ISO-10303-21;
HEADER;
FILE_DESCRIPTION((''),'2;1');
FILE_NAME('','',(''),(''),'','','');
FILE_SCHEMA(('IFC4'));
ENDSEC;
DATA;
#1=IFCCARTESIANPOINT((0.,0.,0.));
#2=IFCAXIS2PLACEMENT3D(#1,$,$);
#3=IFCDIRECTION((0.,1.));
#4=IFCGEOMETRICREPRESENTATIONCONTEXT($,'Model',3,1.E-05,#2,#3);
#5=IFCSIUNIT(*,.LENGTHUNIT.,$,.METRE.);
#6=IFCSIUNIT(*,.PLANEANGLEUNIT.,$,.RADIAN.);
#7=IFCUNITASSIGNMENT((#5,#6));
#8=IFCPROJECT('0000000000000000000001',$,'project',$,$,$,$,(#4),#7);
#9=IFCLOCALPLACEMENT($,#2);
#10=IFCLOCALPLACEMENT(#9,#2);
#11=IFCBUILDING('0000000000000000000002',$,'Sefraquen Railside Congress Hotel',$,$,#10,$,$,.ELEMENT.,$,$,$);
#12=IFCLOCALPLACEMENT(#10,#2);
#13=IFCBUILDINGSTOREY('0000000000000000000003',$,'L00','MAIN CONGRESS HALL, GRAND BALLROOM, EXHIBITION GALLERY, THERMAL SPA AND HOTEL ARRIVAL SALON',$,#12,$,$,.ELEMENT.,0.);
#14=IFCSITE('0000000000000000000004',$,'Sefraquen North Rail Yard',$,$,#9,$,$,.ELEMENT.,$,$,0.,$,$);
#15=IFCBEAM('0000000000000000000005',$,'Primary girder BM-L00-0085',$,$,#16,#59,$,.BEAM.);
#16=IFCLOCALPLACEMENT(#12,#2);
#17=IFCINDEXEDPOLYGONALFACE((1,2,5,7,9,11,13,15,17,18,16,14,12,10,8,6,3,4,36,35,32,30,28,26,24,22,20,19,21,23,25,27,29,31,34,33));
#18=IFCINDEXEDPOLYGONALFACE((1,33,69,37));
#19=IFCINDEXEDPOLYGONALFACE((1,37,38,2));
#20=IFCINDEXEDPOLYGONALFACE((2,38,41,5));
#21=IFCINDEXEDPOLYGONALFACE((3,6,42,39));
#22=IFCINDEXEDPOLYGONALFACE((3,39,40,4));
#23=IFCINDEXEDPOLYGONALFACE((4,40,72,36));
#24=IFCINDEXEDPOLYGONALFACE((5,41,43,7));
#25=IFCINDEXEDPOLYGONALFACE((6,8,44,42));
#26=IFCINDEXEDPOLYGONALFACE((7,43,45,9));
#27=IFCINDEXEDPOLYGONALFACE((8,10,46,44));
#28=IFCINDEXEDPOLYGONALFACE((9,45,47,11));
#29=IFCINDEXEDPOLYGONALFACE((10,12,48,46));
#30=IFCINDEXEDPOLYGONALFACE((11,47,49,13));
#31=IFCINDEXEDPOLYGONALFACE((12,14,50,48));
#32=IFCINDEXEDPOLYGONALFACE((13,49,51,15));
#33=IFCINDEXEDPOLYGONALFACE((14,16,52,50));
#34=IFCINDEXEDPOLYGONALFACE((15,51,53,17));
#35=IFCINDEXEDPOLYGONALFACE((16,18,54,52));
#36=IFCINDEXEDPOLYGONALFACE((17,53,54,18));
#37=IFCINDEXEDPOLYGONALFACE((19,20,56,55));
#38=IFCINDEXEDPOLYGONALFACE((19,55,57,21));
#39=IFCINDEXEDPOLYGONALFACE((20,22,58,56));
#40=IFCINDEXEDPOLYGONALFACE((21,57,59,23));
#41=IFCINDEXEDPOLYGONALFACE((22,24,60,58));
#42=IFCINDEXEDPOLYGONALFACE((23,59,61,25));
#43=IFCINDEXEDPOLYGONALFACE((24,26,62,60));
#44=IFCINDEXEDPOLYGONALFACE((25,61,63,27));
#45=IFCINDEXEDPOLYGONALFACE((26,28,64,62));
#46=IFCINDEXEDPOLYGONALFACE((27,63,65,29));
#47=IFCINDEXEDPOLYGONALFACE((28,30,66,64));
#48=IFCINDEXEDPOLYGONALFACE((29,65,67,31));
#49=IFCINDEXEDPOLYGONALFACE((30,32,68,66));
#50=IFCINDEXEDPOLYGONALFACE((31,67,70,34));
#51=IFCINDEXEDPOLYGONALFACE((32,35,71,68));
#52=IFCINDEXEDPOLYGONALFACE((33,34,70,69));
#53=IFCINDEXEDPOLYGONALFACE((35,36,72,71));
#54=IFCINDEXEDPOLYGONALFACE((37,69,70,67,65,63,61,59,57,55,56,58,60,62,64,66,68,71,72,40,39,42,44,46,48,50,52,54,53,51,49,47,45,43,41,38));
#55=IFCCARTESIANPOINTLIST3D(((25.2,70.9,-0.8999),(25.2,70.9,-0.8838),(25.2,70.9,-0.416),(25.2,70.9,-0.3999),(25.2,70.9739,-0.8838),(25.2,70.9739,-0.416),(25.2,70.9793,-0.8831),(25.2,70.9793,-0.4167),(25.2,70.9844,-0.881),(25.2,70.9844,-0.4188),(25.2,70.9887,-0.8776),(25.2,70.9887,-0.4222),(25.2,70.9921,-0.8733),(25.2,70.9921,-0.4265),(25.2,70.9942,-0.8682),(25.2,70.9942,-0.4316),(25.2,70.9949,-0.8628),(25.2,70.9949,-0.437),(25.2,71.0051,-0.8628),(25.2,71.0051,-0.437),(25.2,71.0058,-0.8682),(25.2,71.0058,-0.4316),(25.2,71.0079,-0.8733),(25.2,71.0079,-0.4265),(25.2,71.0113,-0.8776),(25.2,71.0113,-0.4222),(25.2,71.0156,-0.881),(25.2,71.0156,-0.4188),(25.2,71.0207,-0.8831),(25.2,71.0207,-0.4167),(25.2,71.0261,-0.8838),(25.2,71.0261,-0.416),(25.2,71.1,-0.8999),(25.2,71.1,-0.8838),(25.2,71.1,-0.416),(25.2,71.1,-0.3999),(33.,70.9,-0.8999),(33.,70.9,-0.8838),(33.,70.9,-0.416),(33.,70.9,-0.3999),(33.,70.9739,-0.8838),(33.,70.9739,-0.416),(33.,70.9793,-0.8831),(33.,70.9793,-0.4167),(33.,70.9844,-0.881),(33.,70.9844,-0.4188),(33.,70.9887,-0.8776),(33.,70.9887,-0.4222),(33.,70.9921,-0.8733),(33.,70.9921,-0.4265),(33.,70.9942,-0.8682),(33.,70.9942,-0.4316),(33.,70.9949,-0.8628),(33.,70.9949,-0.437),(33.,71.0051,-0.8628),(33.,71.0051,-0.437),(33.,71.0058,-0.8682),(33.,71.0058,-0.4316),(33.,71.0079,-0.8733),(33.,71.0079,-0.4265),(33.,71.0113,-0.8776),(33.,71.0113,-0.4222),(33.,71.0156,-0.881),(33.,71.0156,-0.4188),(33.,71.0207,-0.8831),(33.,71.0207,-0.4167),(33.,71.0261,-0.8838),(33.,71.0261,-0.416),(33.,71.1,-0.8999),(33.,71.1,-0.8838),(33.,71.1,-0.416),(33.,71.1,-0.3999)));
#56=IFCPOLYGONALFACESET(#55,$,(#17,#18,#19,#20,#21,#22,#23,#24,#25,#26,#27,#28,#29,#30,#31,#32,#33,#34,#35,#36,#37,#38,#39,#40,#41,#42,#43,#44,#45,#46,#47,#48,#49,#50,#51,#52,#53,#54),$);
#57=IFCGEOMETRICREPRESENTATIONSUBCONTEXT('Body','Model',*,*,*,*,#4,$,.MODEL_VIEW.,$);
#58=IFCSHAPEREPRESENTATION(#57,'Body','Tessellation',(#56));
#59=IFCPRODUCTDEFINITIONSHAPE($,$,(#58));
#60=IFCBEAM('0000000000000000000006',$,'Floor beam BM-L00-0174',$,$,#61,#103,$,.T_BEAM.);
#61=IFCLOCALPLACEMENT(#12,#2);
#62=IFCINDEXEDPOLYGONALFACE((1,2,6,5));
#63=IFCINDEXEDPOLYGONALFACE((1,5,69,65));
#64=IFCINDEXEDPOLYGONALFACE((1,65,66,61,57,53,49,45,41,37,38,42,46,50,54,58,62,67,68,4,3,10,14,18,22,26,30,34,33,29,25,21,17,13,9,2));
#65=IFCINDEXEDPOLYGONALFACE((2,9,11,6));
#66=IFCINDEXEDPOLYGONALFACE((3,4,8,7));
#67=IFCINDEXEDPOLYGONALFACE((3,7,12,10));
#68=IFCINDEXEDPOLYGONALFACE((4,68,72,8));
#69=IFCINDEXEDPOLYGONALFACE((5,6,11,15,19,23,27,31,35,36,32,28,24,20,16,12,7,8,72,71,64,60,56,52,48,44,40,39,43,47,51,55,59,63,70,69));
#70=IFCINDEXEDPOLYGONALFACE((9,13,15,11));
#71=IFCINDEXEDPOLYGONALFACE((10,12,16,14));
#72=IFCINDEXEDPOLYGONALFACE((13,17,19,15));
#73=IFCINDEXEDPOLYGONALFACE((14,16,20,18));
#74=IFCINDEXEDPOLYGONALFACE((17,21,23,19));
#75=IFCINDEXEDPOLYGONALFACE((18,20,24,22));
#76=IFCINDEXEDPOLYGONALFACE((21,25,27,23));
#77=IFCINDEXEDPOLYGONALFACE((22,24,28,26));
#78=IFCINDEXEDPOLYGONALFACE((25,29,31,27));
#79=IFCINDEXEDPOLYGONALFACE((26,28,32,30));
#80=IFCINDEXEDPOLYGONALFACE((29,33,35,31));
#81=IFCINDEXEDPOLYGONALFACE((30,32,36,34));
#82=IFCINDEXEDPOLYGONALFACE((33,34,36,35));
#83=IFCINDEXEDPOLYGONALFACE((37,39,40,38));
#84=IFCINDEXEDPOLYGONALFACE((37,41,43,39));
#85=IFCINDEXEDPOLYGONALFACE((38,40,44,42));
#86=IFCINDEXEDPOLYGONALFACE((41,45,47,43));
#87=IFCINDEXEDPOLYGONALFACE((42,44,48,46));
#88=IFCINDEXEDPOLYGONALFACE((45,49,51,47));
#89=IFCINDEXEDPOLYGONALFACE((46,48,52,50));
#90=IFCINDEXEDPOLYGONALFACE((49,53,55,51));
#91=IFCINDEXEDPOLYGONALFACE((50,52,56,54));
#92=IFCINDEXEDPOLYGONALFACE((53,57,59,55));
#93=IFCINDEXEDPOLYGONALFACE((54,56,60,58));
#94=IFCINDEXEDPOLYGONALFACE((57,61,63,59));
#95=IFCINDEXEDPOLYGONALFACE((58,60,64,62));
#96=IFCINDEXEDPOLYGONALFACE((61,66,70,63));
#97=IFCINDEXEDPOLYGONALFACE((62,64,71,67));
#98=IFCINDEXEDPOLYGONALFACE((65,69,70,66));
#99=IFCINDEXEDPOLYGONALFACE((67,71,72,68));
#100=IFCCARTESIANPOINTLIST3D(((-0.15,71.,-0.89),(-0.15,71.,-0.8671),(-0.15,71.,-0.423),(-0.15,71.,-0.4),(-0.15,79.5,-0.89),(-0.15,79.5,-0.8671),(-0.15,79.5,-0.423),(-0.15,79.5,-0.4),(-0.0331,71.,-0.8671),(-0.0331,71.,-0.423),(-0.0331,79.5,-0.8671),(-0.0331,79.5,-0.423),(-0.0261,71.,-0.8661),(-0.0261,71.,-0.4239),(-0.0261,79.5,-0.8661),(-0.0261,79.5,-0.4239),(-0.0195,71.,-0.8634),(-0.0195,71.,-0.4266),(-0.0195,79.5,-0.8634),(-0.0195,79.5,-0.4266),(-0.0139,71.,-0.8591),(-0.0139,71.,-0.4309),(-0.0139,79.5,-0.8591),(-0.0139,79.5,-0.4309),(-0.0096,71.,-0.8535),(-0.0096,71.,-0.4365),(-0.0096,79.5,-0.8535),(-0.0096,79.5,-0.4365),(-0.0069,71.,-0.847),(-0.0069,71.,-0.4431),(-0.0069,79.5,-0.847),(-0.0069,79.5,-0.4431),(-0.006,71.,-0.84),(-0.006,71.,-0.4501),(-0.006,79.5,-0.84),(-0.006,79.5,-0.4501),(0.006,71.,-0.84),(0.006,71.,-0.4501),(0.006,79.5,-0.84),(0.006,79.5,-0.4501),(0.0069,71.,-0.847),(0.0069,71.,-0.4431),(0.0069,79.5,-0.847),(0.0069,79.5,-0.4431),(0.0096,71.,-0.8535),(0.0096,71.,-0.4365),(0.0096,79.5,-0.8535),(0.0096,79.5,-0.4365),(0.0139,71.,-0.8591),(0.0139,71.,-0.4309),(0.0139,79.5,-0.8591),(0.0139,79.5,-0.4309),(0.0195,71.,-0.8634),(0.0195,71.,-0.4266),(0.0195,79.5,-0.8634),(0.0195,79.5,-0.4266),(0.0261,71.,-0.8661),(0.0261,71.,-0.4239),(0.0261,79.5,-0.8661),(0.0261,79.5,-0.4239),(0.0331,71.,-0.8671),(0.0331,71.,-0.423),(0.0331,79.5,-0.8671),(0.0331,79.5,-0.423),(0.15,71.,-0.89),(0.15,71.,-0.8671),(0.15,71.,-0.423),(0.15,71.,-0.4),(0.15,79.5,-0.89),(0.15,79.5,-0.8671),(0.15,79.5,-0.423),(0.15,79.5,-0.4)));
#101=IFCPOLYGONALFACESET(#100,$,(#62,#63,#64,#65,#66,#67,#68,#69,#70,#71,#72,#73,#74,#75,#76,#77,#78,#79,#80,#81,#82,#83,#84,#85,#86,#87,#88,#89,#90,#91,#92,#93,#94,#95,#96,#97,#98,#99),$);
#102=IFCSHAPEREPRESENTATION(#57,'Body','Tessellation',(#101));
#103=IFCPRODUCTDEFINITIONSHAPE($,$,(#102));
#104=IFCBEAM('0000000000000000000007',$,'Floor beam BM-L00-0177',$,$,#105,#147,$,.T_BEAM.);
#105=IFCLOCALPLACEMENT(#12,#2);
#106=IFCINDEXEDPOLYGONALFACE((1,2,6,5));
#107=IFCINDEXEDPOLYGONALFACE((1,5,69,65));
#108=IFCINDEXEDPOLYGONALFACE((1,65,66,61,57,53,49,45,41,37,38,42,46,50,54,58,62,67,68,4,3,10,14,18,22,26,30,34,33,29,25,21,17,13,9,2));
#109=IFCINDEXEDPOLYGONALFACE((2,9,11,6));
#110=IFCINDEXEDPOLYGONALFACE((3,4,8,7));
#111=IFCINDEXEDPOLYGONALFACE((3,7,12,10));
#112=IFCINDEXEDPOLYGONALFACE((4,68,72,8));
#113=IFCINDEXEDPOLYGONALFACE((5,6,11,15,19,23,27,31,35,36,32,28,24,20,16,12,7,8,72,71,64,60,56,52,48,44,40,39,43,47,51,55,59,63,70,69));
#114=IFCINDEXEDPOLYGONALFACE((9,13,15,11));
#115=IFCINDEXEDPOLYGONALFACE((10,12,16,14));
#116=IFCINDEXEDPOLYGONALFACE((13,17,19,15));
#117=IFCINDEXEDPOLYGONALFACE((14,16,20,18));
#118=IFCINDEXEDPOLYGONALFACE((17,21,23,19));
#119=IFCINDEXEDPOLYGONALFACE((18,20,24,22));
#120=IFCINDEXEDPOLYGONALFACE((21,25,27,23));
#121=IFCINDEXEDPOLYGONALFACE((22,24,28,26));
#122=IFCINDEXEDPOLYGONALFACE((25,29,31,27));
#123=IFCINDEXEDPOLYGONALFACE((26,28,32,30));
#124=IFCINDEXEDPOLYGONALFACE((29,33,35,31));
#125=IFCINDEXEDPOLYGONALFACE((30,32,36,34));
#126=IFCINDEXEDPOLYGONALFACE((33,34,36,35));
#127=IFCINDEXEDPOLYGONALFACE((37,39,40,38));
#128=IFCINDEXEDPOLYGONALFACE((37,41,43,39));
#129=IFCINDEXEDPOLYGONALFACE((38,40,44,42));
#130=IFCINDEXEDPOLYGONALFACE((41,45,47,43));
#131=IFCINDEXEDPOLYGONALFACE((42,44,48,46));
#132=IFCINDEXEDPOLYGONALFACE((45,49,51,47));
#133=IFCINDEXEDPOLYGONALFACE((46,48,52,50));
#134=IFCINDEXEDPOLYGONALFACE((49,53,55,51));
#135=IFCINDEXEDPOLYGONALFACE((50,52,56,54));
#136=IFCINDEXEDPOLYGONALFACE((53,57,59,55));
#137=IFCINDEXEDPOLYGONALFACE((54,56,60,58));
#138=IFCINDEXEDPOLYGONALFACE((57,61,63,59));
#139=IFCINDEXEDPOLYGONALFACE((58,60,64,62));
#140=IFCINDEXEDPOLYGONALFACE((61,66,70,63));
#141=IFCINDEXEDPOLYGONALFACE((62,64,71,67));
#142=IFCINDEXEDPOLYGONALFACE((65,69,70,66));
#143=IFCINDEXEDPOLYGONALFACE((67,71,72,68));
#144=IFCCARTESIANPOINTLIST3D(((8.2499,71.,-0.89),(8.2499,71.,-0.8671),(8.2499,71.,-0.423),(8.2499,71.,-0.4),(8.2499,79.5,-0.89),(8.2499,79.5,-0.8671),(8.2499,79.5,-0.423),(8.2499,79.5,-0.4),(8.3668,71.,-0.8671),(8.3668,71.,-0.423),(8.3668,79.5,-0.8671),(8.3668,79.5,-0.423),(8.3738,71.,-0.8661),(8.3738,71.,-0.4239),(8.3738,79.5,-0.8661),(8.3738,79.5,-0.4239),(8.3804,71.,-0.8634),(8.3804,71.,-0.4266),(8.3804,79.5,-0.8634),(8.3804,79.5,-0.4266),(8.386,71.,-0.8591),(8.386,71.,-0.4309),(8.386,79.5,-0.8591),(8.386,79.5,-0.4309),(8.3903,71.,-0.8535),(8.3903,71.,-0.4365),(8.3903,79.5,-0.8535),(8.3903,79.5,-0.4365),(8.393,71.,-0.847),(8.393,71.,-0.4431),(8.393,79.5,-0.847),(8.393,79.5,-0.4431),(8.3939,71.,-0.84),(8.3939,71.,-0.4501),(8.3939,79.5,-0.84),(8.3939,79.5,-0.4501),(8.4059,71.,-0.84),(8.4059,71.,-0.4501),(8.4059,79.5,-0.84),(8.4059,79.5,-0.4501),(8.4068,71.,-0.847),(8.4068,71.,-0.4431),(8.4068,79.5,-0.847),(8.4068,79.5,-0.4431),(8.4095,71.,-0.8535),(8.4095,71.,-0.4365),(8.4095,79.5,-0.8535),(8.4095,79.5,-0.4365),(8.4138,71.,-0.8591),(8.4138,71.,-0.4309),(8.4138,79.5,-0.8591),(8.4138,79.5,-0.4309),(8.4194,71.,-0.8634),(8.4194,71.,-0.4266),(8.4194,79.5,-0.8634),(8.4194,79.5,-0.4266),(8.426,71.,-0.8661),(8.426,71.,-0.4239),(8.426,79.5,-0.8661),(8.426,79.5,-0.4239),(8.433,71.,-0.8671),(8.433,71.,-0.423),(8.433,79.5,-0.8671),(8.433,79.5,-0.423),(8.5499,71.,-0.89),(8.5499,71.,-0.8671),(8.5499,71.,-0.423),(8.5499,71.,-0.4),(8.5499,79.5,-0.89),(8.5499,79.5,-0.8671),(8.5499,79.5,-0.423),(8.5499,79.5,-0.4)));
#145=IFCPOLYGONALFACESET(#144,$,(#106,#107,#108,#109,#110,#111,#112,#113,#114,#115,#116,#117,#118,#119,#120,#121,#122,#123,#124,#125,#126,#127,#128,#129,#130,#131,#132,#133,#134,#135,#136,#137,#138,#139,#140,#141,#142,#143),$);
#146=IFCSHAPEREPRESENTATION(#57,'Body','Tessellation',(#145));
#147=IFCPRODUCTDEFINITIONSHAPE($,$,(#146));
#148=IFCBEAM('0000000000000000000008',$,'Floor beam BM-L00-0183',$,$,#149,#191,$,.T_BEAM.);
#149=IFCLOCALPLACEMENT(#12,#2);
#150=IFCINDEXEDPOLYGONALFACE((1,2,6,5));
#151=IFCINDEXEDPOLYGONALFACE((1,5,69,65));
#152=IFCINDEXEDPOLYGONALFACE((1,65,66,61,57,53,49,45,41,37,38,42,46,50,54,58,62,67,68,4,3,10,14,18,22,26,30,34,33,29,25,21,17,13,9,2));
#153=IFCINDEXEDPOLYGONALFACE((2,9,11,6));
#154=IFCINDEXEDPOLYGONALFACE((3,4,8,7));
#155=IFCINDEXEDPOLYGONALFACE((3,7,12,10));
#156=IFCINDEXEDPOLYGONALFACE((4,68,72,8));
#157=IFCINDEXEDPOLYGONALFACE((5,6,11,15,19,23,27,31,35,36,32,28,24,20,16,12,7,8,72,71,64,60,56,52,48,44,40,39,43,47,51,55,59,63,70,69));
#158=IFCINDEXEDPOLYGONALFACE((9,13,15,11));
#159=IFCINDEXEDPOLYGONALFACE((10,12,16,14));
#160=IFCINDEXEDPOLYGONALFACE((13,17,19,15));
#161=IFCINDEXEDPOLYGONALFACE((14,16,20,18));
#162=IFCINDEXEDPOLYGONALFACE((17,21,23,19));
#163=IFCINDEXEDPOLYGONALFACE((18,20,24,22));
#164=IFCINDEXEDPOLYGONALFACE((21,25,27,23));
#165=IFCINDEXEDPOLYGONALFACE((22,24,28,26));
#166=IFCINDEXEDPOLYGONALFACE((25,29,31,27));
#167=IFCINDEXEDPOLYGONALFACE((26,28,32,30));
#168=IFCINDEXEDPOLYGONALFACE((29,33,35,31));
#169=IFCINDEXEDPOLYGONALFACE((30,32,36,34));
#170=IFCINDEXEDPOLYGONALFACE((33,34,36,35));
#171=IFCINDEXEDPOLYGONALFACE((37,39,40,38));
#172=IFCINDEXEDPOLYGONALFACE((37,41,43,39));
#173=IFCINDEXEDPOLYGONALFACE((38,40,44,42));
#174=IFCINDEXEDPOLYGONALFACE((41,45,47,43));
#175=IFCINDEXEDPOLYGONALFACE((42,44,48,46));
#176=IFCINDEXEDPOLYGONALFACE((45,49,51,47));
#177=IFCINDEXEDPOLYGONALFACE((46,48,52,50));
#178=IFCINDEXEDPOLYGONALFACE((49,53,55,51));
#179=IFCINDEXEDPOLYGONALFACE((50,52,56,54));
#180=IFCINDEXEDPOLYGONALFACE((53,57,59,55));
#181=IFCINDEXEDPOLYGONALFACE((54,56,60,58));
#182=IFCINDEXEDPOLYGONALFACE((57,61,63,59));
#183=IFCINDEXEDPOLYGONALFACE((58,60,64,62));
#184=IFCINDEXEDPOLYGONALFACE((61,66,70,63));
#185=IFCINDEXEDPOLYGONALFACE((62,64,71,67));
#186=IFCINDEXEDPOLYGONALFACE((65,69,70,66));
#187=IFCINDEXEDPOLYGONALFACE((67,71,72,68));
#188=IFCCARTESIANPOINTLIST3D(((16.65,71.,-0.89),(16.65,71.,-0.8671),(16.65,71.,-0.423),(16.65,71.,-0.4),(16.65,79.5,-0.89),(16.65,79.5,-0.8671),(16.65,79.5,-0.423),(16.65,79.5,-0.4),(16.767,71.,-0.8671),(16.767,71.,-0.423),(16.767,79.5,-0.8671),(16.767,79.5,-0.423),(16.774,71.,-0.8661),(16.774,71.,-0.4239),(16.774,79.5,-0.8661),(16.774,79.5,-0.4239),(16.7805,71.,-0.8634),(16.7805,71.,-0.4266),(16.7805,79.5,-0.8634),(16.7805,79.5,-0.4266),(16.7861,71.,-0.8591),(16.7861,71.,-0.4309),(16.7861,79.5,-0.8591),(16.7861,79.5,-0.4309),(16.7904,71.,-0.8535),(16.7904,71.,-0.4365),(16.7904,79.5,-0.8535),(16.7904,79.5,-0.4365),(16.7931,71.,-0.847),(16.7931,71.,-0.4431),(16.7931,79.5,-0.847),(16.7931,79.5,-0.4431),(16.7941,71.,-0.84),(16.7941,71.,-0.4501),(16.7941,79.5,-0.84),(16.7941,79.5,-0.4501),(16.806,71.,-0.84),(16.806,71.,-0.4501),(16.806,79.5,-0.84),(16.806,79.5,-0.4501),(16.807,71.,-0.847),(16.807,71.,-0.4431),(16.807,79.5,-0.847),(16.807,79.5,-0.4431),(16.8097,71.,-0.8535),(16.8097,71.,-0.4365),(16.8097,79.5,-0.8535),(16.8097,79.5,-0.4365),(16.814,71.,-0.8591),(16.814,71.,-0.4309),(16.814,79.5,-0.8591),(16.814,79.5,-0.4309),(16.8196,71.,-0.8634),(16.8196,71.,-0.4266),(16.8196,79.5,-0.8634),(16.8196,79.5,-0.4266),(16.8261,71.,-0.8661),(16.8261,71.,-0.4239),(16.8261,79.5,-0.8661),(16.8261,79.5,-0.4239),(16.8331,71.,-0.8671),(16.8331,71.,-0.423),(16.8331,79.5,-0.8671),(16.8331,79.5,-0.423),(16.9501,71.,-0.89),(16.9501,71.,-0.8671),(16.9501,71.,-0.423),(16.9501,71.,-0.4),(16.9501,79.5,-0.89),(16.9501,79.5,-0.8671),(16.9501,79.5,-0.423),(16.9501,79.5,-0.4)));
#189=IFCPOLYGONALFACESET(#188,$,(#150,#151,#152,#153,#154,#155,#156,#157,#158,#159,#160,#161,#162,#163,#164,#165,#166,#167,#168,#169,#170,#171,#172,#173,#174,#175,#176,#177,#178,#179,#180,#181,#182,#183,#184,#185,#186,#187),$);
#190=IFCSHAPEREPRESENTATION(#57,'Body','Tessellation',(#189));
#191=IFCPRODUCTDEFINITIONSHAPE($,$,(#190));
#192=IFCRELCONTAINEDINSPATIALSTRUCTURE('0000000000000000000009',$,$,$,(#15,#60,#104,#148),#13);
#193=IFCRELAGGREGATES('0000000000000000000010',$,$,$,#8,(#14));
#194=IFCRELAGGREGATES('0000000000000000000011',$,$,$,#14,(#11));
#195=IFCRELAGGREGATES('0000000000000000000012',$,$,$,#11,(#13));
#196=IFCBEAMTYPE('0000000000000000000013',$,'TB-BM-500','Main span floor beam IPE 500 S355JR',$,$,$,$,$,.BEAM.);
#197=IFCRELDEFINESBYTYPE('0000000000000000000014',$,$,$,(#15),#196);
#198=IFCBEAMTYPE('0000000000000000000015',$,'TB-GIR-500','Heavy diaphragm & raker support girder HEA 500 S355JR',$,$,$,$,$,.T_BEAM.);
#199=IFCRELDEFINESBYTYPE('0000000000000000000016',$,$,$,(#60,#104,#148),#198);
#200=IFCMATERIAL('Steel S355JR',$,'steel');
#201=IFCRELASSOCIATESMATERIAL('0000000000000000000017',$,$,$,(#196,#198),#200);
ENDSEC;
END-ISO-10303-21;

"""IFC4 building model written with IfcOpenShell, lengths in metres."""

from ifc_helpers import new_model, si_unit, direction, frame, origin, origin_2d, place, context, subcontext, project, spatial, i_section, extrude, material, material_profile, profile_set, type_object, element, save


model = new_model("IFC4")

# Units and contexts
model_context = context("Model", 3, precision=1e-05, world=origin(), true_north=direction((0.0, 1.0)))
body_context = subcontext(model_context, "Body", "Model", "MODEL_VIEW")
ifc_project = project(units=[si_unit("LENGTHUNIT", "METRE"), si_unit("PLANEANGLEUNIT", "RADIAN")], contexts=[model_context])

# Site, building, storey
site_placement = place(None, origin())
site = spatial("IfcSite", under=ifc_project, at=site_placement, Name="Sefraquen North Rail Yard", CompositionType="ELEMENT", RefElevation=0.0)
building_placement = place(site_placement, origin())
building = spatial("IfcBuilding", under=site, at=building_placement, Name="Sefraquen Railside Congress Hotel", CompositionType="ELEMENT")
storey_placement = place(building_placement, origin())
storey = spatial("IfcBuildingStorey", under=building, at=storey_placement, Name="L00", Description="MAIN CONGRESS HALL, GRAND BALLROOM, EXHIBITION GALLERY, THERMAL SPA AND HOTEL ARRIVAL SALON", CompositionType="ELEMENT", Elevation=0.0)

# Shared definitions
ifc_material_1 = material(Name="Steel S355JR", Category="steel")

# Beams
ifc_material_profile_1 = material_profile(ifc_material_1, i_section(OverallWidth=0.2, OverallDepth=0.5, WebThickness=0.0103, FlangeThickness=0.0161, FilletRadius=0.021, at=origin_2d()), Name="IPE 500")
ifc_profile_set_1 = profile_set([ifc_material_profile_1], Name="Steel S355JR")
beam_type_1 = type_object("IfcBeamType", Name="TB-BM-500", Description="Main span floor beam IPE 500 S355JR", PredefinedType="BEAM", material=ifc_profile_set_1)
beam_1_placement = place(storey_placement, frame((25.2, 71.0, -0.6499), z_axis=(1.0, 0.0, 0.0), x_axis=(0.0, 1.0, 0.0)))
element("IfcBeam", 1, at=beam_1_placement, inside=storey, type_object=beam_type_1, Name="Primary girder BM-L00-0085", PredefinedType="BEAM", context=body_context, shape_type="SweptSolid", body=[
    extrude(i_section(OverallWidth=0.2, OverallDepth=0.5, WebThickness=0.0103, FlangeThickness=0.0161, FilletRadius=0.021, at=origin_2d()), origin(), (0.0, 0.0, 1.0), 7.8),
])
ifc_material_profile_2 = material_profile(ifc_material_1, i_section(OverallWidth=0.3, OverallDepth=0.49, WebThickness=0.012, FlangeThickness=0.0229, FilletRadius=0.0271, at=origin_2d()), Name="HEA 500")
ifc_profile_set_2 = profile_set([ifc_material_profile_2], Name="Steel S355JR")
beam_type_2 = type_object("IfcBeamType", Name="TB-GIR-500", Description="Heavy diaphragm & raker support girder HEA 500 S355JR", PredefinedType="T_BEAM", material=ifc_profile_set_2)
for number, where, z_axis, x_axis, name in (
    (2, (0.0, 71.0, -0.645), (0.0, 1.0, 0.0), (-1.0, 0.0, 0.0), "Floor beam BM-L00-0174"),
    (3, (8.3999, 71.0, -0.645), (0.0, 1.0, 0.0), (-1.0, 0.0, 0.0), "Floor beam BM-L00-0177"),
    (4, (16.8, 71.0, -0.645), (0.0, 1.0, 0.0), (-1.0, 0.0, 0.0), "Floor beam BM-L00-0183"),
):
    element("IfcBeam", number, at=place(storey_placement, frame(where, z_axis=z_axis, x_axis=x_axis)), inside=storey, type_object=beam_type_2, Name=name, PredefinedType="T_BEAM", context=body_context, shape_type="SweptSolid", body=[
        extrude(i_section(OverallWidth=0.3, OverallDepth=0.49, WebThickness=0.012, FlangeThickness=0.0229, FilletRadius=0.0271, at=origin_2d()), origin(), (0.0, 0.0, 1.0), 8.5),
    ])

save(model, "model.ifc")
